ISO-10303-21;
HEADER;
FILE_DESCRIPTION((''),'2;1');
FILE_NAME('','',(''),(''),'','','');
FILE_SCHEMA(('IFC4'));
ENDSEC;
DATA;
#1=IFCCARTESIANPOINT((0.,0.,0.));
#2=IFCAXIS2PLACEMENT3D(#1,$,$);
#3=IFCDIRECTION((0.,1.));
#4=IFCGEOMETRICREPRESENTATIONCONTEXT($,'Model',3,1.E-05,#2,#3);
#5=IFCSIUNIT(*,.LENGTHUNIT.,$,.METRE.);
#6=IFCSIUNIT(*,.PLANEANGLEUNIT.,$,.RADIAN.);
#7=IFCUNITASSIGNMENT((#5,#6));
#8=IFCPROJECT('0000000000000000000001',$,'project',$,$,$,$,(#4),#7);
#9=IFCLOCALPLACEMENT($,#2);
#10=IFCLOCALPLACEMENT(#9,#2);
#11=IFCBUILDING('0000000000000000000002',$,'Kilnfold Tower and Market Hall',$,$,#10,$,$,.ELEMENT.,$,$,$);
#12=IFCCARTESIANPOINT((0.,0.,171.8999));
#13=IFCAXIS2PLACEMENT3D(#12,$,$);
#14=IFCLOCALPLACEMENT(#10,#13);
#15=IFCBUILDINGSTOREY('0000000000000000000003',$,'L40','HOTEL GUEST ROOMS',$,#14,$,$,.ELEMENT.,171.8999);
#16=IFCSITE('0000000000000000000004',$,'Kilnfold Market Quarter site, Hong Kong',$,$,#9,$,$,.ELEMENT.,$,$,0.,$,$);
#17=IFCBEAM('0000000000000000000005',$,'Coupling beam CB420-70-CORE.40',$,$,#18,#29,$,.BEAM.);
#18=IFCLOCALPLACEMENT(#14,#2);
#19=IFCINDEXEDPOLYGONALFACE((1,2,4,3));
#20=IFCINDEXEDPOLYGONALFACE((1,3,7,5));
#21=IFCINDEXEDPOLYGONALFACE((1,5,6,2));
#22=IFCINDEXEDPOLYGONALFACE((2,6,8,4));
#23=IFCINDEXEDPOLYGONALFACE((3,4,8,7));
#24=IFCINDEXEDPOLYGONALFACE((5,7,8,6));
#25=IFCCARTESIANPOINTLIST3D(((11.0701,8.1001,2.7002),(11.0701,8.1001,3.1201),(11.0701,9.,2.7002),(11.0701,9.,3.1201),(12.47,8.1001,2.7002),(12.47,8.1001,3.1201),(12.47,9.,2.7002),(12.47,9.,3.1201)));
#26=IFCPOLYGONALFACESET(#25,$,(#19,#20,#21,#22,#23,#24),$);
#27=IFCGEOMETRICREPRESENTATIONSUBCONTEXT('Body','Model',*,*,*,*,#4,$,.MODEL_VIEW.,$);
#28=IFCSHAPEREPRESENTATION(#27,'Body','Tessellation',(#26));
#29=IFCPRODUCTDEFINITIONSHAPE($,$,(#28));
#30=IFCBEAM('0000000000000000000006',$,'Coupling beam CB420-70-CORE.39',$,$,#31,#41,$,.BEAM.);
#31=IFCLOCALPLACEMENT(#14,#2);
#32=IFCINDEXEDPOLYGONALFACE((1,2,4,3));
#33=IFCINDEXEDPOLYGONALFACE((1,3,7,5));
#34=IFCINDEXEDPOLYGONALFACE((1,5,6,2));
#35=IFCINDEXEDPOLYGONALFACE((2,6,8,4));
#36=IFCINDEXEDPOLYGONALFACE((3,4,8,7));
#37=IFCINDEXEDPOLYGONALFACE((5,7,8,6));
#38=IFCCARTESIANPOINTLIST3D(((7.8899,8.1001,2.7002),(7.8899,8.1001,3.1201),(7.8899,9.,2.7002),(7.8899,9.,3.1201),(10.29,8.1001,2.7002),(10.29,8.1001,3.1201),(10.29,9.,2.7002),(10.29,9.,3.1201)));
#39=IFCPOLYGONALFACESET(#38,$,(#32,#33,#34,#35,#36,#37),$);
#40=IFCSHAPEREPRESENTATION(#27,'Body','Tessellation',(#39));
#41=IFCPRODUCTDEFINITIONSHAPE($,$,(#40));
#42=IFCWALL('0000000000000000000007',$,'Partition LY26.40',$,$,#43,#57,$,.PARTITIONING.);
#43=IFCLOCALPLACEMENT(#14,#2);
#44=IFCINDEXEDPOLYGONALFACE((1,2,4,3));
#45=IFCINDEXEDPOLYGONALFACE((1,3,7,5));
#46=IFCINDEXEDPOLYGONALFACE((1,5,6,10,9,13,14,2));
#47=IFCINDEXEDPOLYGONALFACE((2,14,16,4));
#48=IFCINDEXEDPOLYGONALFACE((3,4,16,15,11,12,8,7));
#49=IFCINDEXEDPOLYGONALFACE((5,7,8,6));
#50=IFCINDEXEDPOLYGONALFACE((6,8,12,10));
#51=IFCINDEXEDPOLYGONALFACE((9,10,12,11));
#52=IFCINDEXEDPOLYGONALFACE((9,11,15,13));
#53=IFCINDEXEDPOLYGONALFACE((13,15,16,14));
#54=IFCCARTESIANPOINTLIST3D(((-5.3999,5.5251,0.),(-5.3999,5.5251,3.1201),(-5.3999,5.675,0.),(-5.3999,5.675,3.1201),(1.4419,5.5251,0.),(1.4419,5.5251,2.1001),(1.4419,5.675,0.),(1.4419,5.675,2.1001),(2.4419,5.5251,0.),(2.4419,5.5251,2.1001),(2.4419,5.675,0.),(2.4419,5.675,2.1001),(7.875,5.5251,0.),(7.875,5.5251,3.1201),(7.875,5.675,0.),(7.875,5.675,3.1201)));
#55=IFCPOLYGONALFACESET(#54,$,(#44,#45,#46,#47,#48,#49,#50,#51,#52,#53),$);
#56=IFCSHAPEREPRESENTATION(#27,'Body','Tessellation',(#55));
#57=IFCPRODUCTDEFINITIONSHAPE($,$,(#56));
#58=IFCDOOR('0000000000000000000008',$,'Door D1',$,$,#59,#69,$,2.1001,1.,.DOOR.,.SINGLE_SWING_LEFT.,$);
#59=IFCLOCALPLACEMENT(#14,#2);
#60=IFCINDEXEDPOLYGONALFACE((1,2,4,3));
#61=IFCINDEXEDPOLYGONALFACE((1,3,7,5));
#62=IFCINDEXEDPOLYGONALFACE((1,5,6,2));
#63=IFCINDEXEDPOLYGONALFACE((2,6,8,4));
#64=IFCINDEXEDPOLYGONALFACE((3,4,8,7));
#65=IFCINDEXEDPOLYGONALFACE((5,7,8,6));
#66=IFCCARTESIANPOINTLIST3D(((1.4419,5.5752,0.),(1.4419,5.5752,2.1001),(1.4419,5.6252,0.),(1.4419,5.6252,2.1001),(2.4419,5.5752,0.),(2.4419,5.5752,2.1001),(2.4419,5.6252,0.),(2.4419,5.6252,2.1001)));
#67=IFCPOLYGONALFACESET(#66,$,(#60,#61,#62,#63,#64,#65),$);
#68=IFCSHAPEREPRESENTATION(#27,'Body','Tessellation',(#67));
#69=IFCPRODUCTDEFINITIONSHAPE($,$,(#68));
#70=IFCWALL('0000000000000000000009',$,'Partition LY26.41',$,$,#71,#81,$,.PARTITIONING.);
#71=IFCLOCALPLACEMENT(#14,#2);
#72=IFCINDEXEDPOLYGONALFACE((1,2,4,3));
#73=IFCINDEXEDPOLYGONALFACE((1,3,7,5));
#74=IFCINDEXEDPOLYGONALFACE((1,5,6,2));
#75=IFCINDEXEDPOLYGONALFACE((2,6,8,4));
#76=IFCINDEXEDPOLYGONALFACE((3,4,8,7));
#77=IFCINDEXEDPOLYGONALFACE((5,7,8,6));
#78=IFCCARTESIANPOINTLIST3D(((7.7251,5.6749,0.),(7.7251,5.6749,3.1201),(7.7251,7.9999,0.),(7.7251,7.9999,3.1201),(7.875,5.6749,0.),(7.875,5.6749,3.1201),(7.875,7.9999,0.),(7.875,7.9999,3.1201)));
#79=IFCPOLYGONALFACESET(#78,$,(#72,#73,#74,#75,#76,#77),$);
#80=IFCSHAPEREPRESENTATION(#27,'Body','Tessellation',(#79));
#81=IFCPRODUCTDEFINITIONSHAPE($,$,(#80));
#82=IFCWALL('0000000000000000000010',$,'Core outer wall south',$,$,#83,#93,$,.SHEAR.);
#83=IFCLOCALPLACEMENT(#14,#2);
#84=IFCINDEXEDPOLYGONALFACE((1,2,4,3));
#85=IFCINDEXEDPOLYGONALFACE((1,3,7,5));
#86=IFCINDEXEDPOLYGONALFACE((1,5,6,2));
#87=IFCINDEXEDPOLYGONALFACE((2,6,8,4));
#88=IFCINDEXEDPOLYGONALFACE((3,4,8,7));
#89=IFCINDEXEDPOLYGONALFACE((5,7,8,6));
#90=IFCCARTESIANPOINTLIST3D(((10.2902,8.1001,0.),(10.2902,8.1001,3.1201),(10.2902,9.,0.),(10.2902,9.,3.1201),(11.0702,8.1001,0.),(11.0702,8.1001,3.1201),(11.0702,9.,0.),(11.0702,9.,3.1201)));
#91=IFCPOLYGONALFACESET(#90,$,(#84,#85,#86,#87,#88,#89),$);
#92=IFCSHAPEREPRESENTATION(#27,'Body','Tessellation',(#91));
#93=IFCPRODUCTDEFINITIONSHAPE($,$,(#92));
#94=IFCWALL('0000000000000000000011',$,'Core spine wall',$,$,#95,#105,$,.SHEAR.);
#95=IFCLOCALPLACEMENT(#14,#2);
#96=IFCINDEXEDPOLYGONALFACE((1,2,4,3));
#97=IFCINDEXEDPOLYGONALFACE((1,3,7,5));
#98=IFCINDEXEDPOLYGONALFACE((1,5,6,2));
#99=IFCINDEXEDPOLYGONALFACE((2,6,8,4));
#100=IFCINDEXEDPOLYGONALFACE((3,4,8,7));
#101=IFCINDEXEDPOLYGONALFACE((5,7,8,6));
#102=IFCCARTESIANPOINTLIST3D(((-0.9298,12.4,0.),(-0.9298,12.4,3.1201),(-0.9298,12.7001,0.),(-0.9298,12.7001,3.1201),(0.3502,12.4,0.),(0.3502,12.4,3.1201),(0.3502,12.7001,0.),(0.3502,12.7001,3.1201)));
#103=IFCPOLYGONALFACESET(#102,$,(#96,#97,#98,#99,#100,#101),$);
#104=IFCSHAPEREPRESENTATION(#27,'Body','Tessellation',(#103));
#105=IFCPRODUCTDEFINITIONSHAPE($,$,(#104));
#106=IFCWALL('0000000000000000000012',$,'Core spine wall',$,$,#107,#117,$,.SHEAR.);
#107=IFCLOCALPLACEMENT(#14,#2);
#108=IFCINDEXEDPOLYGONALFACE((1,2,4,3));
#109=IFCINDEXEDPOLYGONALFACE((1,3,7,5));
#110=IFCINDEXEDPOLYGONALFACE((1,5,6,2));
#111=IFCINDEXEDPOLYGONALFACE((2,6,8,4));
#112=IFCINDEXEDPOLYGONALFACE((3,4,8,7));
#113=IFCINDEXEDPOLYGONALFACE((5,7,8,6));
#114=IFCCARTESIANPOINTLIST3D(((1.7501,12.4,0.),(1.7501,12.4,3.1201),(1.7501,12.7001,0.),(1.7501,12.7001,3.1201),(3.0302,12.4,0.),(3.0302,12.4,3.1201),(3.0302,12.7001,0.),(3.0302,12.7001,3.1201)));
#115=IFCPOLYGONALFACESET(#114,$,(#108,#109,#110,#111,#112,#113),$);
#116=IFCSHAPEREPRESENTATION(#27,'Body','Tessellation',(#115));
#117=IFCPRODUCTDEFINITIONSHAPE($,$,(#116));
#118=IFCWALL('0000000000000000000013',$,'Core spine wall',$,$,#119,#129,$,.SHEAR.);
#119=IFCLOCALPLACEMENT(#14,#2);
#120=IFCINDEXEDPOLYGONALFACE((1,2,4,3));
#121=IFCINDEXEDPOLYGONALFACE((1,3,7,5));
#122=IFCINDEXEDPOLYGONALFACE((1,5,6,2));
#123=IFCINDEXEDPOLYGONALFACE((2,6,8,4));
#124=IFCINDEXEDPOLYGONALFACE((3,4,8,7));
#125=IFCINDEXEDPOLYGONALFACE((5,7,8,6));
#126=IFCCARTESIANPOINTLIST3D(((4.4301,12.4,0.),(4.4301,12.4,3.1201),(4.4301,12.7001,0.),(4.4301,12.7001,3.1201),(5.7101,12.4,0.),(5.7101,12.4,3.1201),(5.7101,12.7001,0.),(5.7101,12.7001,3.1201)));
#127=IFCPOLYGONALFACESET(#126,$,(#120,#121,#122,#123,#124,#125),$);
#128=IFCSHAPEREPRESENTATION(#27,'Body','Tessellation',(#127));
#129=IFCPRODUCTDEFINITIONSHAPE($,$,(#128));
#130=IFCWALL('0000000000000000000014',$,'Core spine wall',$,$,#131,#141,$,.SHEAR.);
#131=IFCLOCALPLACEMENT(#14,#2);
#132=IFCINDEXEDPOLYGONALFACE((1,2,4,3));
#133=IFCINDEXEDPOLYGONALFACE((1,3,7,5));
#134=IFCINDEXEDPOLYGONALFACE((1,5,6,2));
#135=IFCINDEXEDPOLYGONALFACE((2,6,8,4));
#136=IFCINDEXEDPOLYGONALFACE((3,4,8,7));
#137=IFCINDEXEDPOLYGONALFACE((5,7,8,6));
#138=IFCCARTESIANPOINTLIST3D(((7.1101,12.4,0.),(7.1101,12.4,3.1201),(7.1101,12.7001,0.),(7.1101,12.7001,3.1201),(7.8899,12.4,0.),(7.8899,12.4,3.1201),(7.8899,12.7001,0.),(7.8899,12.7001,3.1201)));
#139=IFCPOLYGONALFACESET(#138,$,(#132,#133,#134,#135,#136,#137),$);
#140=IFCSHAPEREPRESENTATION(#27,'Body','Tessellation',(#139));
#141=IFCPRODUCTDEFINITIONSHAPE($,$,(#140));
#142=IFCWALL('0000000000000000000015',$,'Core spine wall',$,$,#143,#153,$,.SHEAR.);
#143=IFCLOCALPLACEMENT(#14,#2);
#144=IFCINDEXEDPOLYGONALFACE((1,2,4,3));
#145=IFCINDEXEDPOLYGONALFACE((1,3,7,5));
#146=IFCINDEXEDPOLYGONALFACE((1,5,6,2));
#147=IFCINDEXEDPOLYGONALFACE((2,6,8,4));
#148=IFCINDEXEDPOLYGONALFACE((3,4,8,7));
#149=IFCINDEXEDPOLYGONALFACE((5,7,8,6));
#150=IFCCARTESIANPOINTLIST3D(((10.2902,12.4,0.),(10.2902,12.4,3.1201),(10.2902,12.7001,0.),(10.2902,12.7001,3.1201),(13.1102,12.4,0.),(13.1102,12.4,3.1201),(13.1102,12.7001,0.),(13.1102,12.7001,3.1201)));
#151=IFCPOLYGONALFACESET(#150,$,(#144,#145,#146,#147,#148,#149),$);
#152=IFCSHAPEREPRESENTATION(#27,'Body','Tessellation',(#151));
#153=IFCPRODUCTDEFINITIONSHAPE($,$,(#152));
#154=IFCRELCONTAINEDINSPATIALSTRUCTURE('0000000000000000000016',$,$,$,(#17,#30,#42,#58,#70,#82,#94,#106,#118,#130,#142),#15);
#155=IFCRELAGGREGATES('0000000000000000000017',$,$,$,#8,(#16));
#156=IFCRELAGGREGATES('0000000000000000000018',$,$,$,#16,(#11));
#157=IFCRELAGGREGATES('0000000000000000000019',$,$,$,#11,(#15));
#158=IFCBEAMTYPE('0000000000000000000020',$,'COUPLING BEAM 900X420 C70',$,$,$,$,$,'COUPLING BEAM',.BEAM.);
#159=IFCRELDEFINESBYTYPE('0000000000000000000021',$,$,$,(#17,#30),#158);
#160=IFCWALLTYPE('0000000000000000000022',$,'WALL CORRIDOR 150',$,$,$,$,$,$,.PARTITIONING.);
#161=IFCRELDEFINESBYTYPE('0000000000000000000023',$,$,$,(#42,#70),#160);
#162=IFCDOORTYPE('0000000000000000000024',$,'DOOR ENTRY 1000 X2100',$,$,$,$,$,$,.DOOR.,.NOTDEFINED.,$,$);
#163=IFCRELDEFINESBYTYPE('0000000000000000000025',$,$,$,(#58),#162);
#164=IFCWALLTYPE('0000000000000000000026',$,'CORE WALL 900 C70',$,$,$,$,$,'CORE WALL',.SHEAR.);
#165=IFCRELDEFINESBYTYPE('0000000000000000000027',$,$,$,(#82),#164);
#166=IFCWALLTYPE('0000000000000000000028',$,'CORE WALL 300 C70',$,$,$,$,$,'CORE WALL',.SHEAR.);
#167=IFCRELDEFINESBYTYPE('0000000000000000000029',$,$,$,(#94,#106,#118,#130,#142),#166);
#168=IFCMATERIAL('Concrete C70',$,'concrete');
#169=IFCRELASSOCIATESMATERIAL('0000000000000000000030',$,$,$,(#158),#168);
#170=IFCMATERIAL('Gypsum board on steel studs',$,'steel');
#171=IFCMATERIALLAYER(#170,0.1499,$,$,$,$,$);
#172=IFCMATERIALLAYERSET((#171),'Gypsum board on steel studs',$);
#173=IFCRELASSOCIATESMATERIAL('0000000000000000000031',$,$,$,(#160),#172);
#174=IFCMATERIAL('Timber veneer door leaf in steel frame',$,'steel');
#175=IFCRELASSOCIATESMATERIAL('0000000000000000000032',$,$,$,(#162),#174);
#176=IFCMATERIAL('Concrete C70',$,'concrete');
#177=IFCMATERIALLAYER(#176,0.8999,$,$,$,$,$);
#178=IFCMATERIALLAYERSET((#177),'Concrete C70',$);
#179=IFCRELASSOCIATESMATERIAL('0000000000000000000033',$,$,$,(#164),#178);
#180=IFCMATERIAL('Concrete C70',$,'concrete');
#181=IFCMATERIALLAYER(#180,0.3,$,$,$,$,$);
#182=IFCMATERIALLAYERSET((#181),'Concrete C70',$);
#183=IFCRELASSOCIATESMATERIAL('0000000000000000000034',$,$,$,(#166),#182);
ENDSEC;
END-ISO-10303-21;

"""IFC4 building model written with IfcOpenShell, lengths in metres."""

from ifc_helpers import new_model, si_unit, direction, frame, frame_2d, origin, origin_2d, place, context, subcontext, project, spatial, rectangle, extrude, source, transform, mapped, material, layer, layer_set, material_profile, profile_set, type_object, element, fill, save


model = new_model("IFC4")

# Units and contexts
model_context = context("Model", 3, precision=1e-05, world=origin(), true_north=direction((0.0, 1.0)))
body_context = subcontext(model_context, "Body", "Model", "MODEL_VIEW")
ifc_project = project(units=[si_unit("LENGTHUNIT", "METRE"), si_unit("PLANEANGLEUNIT", "RADIAN")], contexts=[model_context])

# Site, building, storey
site_placement = place(None, origin())
site = spatial("IfcSite", under=ifc_project, at=site_placement, Name="Kilnfold Market Quarter site, Hong Kong", CompositionType="ELEMENT", RefElevation=0.0)
building_placement = place(site_placement, origin())
building = spatial("IfcBuilding", under=site, at=building_placement, Name="Kilnfold Tower and Market Hall", CompositionType="ELEMENT")
storey_placement = place(building_placement, frame((0.0, 0.0, 171.8999)))
storey = spatial("IfcBuildingStorey", under=building, at=storey_placement, Name="L40", Description="HOTEL GUEST ROOMS", CompositionType="ELEMENT", Elevation=171.8999)

# Beams
ifc_material_1 = material(Name="Concrete C70", Category="concrete")
ifc_material_profile = material_profile(ifc_material_1, rectangle(XDim=0.8999, YDim=0.4199, at=origin_2d()), Name="RC 900x420")
ifc_profile_set = profile_set([ifc_material_profile], Name="Concrete C70")
beam_type = type_object("IfcBeamType", Name="COUPLING BEAM 900X420 C70", ElementType="COUPLING BEAM", PredefinedType="BEAM", material=ifc_profile_set)
shared_shape_1 = source(origin(), body_context, "Body", "SweptSolid", [
    extrude(rectangle(XDim=0.8999, YDim=0.4199, at=origin_2d()), origin(), (0.0, 0.0, 1.0), 1.3999),
])
beam_1_placement = place(storey_placement, frame((11.0701, 8.55, 2.9102), z_axis=(1.0, 0.0, 0.0), x_axis=(0.0, 1.0, 0.0)))
element("IfcBeam", 1, at=beam_1_placement, inside=storey, type_object=beam_type, Name="Coupling beam CB420-70-CORE.40", PredefinedType="BEAM", context=body_context, shape_type="MappedRepresentation", body=[
    mapped(shared_shape_1, transform((0.0, 0.0, 0.0))),
])
shared_shape_2 = source(origin(), body_context, "Body", "SweptSolid", [
    extrude(rectangle(XDim=0.8999, YDim=0.4199, at=origin_2d()), origin(), (0.0, 0.0, 1.0), 2.4001),
])
beam_2_placement = place(storey_placement, frame((7.8899, 8.55, 2.9102), z_axis=(1.0, 0.0, 0.0), x_axis=(0.0, 1.0, 0.0)))
element("IfcBeam", 2, at=beam_2_placement, inside=storey, type_object=beam_type, Name="Coupling beam CB420-70-CORE.39", PredefinedType="BEAM", context=body_context, shape_type="MappedRepresentation", body=[
    mapped(shared_shape_2, transform((0.0, 0.0, 0.0))),
])

# Wall, opening, door
ifc_material_2 = material(Name="Gypsum board on steel studs", Category="steel")
ifc_layer_1 = layer(ifc_material_2, 0.1499)
ifc_layer_set_1 = layer_set([ifc_layer_1], Name="Gypsum board on steel studs")
wall_type_1 = type_object("IfcWallType", Name="WALL CORRIDOR 150", PredefinedType="PARTITIONING", material=ifc_layer_set_1)
wall_1_placement = place(storey_placement, frame((7.875, 5.6001, 0.0), z_axis=(0.0, 0.0, 1.0), x_axis=(-1.0, 0.0, 0.0)))
wall_1 = element("IfcWall", 3, at=wall_1_placement, inside=storey, type_object=wall_type_1, Name="Partition LY26.40", PredefinedType="PARTITIONING", context=body_context, shape_type="SweptSolid", body=[
    extrude(rectangle(XDim=13.2749, YDim=0.1499, at=frame_2d((6.6375, 0.0))), origin(), (0.0, 0.0, 1.0), 3.1201),
])
opening_1_placement = place(wall_1_placement, frame((5.4331, 0.0, 0.0)))
opening_1 = element("IfcOpeningElement", 4, at=opening_1_placement, cuts=wall_1, PredefinedType="OPENING", context=body_context, shape_type="SweptSolid", body=[
    extrude(rectangle(XDim=1.0, YDim=2.1001, at=frame_2d((0.5, 1.05))), frame((0.0, 0.085, 0.0), z_axis=(0.0, -1.0, 0.0), x_axis=(1.0, 0.0, 0.0)), (0.0, 0.0, 1.0), 0.1699),
])
ifc_material_3 = material(Name="Timber veneer door leaf in steel frame", Category="steel")
door_type_1 = type_object("IfcDoorType", Name="DOOR ENTRY 1000 X2100", OperationType="NOTDEFINED", PredefinedType="DOOR", material=ifc_material_3)
door_1_placement = place(opening_1_placement, origin())
door_1 = element("IfcDoor", 5, at=door_1_placement, inside=storey, type_object=door_type_1, Name="Door D1", OperationType="SINGLE_SWING_LEFT", OverallHeight=2.1001, OverallWidth=1.0, PredefinedType="DOOR", context=body_context, shape_type="SweptSolid", body=[
    extrude(rectangle(XDim=1.0, YDim=2.1001, at=frame_2d((0.5, 1.05))), frame((0.0, 0.0249, 0.0), z_axis=(0.0, -1.0, 0.0), x_axis=(1.0, 0.0, 0.0)), (0.0, 0.0, 1.0), 0.05),
])
fill(opening_1, door_1)

# Walls
wall_2_placement = place(storey_placement, frame((7.8, 8.0, 0.0), z_axis=(0.0, 0.0, 1.0), x_axis=(0.0, -1.0, 0.0)))
element("IfcWall", 6, at=wall_2_placement, inside=storey, type_object=wall_type_1, Name="Partition LY26.41", PredefinedType="PARTITIONING", context=body_context, shape_type="SweptSolid", body=[
    extrude(rectangle(XDim=2.325, YDim=0.1499, at=frame_2d((1.1626, 0.0))), origin(), (0.0, 0.0, 1.0), 3.1201),
])
ifc_material_4 = material(Name="Concrete C70", Category="concrete")
ifc_layer_2 = layer(ifc_material_4, 0.8999)
ifc_layer_set_2 = layer_set([ifc_layer_2], Name="Concrete C70")
wall_type_2 = type_object("IfcWallType", Name="CORE WALL 900 C70", ElementType="CORE WALL", PredefinedType="SHEAR", material=ifc_layer_set_2)
shared_shape_3 = source(origin(), body_context, "Body", "SweptSolid", [
    extrude(rectangle(XDim=0.78, YDim=0.8999, at=frame_2d((0.3901, 0.0))), origin(), (0.0, 0.0, 1.0), 3.1201),
])
wall_3_placement = place(storey_placement, frame((10.29, 8.55, 0.0), z_axis=(0.0, 0.0, 1.0), x_axis=(1.0, 0.0, 0.0)))
element("IfcWall", 7, at=wall_3_placement, inside=storey, type_object=wall_type_2, Name="Core outer wall south", PredefinedType="SHEAR", context=body_context, shape_type="MappedRepresentation", body=[
    mapped(shared_shape_3, transform((0.0, 0.0, 0.0))),
])
ifc_material_5 = material(Name="Concrete C70", Category="concrete")
ifc_layer_3 = layer(ifc_material_5, 0.3)
ifc_layer_set_3 = layer_set([ifc_layer_3], Name="Concrete C70")
wall_type_3 = type_object("IfcWallType", Name="CORE WALL 300 C70", ElementType="CORE WALL", PredefinedType="SHEAR", material=ifc_layer_set_3)
shared_shape_4 = source(origin(), body_context, "Body", "SweptSolid", [
    extrude(rectangle(XDim=1.28, YDim=0.3, at=frame_2d((0.6401, 0.0))), origin(), (0.0, 0.0, 1.0), 3.1201),
])
for number, where, z_axis, x_axis, name in (
    (8, (-0.9299, 12.55, 0.0), (0.0, 0.0, 1.0), (1.0, 0.0, 0.0), "Core spine wall"),
    (9, (1.75, 12.55, 0.0), (0.0, 0.0, 1.0), (1.0, 0.0, 0.0), "Core spine wall"),
    (10, (4.4299, 12.55, 0.0), (0.0, 0.0, 1.0), (1.0, 0.0, 0.0), "Core spine wall"),
):
    element("IfcWall", number, at=place(storey_placement, frame(where, z_axis=z_axis, x_axis=x_axis)), inside=storey, type_object=wall_type_3, Name=name, PredefinedType="SHEAR", context=body_context, shape_type="MappedRepresentation", body=[
        mapped(shared_shape_4, transform((0.0, 0.0, 0.0))),
    ])
shared_shape_5 = source(origin(), body_context, "Body", "SweptSolid", [
    extrude(rectangle(XDim=0.7798, YDim=0.3, at=frame_2d((0.3899, 0.0))), origin(), (0.0, 0.0, 1.0), 3.1201),
])
wall_4_placement = place(storey_placement, frame((7.1101, 12.55, 0.0), z_axis=(0.0, 0.0, 1.0), x_axis=(1.0, 0.0, 0.0)))
element("IfcWall", 11, at=wall_4_placement, inside=storey, type_object=wall_type_3, Name="Core spine wall", PredefinedType="SHEAR", context=body_context, shape_type="MappedRepresentation", body=[
    mapped(shared_shape_5, transform((0.0, 0.0, 0.0))),
])
shared_shape_6 = source(origin(), body_context, "Body", "SweptSolid", [
    extrude(rectangle(XDim=2.8201, YDim=0.3, at=frame_2d((1.4102, 0.0))), origin(), (0.0, 0.0, 1.0), 3.1201),
])
wall_5_placement = place(storey_placement, frame((10.29, 12.55, 0.0), z_axis=(0.0, 0.0, 1.0), x_axis=(1.0, 0.0, 0.0)))
element("IfcWall", 12, at=wall_5_placement, inside=storey, type_object=wall_type_3, Name="Core spine wall", PredefinedType="SHEAR", context=body_context, shape_type="MappedRepresentation", body=[
    mapped(shared_shape_6, transform((0.0, 0.0, 0.0))),
])

save(model, "model.ifc")
